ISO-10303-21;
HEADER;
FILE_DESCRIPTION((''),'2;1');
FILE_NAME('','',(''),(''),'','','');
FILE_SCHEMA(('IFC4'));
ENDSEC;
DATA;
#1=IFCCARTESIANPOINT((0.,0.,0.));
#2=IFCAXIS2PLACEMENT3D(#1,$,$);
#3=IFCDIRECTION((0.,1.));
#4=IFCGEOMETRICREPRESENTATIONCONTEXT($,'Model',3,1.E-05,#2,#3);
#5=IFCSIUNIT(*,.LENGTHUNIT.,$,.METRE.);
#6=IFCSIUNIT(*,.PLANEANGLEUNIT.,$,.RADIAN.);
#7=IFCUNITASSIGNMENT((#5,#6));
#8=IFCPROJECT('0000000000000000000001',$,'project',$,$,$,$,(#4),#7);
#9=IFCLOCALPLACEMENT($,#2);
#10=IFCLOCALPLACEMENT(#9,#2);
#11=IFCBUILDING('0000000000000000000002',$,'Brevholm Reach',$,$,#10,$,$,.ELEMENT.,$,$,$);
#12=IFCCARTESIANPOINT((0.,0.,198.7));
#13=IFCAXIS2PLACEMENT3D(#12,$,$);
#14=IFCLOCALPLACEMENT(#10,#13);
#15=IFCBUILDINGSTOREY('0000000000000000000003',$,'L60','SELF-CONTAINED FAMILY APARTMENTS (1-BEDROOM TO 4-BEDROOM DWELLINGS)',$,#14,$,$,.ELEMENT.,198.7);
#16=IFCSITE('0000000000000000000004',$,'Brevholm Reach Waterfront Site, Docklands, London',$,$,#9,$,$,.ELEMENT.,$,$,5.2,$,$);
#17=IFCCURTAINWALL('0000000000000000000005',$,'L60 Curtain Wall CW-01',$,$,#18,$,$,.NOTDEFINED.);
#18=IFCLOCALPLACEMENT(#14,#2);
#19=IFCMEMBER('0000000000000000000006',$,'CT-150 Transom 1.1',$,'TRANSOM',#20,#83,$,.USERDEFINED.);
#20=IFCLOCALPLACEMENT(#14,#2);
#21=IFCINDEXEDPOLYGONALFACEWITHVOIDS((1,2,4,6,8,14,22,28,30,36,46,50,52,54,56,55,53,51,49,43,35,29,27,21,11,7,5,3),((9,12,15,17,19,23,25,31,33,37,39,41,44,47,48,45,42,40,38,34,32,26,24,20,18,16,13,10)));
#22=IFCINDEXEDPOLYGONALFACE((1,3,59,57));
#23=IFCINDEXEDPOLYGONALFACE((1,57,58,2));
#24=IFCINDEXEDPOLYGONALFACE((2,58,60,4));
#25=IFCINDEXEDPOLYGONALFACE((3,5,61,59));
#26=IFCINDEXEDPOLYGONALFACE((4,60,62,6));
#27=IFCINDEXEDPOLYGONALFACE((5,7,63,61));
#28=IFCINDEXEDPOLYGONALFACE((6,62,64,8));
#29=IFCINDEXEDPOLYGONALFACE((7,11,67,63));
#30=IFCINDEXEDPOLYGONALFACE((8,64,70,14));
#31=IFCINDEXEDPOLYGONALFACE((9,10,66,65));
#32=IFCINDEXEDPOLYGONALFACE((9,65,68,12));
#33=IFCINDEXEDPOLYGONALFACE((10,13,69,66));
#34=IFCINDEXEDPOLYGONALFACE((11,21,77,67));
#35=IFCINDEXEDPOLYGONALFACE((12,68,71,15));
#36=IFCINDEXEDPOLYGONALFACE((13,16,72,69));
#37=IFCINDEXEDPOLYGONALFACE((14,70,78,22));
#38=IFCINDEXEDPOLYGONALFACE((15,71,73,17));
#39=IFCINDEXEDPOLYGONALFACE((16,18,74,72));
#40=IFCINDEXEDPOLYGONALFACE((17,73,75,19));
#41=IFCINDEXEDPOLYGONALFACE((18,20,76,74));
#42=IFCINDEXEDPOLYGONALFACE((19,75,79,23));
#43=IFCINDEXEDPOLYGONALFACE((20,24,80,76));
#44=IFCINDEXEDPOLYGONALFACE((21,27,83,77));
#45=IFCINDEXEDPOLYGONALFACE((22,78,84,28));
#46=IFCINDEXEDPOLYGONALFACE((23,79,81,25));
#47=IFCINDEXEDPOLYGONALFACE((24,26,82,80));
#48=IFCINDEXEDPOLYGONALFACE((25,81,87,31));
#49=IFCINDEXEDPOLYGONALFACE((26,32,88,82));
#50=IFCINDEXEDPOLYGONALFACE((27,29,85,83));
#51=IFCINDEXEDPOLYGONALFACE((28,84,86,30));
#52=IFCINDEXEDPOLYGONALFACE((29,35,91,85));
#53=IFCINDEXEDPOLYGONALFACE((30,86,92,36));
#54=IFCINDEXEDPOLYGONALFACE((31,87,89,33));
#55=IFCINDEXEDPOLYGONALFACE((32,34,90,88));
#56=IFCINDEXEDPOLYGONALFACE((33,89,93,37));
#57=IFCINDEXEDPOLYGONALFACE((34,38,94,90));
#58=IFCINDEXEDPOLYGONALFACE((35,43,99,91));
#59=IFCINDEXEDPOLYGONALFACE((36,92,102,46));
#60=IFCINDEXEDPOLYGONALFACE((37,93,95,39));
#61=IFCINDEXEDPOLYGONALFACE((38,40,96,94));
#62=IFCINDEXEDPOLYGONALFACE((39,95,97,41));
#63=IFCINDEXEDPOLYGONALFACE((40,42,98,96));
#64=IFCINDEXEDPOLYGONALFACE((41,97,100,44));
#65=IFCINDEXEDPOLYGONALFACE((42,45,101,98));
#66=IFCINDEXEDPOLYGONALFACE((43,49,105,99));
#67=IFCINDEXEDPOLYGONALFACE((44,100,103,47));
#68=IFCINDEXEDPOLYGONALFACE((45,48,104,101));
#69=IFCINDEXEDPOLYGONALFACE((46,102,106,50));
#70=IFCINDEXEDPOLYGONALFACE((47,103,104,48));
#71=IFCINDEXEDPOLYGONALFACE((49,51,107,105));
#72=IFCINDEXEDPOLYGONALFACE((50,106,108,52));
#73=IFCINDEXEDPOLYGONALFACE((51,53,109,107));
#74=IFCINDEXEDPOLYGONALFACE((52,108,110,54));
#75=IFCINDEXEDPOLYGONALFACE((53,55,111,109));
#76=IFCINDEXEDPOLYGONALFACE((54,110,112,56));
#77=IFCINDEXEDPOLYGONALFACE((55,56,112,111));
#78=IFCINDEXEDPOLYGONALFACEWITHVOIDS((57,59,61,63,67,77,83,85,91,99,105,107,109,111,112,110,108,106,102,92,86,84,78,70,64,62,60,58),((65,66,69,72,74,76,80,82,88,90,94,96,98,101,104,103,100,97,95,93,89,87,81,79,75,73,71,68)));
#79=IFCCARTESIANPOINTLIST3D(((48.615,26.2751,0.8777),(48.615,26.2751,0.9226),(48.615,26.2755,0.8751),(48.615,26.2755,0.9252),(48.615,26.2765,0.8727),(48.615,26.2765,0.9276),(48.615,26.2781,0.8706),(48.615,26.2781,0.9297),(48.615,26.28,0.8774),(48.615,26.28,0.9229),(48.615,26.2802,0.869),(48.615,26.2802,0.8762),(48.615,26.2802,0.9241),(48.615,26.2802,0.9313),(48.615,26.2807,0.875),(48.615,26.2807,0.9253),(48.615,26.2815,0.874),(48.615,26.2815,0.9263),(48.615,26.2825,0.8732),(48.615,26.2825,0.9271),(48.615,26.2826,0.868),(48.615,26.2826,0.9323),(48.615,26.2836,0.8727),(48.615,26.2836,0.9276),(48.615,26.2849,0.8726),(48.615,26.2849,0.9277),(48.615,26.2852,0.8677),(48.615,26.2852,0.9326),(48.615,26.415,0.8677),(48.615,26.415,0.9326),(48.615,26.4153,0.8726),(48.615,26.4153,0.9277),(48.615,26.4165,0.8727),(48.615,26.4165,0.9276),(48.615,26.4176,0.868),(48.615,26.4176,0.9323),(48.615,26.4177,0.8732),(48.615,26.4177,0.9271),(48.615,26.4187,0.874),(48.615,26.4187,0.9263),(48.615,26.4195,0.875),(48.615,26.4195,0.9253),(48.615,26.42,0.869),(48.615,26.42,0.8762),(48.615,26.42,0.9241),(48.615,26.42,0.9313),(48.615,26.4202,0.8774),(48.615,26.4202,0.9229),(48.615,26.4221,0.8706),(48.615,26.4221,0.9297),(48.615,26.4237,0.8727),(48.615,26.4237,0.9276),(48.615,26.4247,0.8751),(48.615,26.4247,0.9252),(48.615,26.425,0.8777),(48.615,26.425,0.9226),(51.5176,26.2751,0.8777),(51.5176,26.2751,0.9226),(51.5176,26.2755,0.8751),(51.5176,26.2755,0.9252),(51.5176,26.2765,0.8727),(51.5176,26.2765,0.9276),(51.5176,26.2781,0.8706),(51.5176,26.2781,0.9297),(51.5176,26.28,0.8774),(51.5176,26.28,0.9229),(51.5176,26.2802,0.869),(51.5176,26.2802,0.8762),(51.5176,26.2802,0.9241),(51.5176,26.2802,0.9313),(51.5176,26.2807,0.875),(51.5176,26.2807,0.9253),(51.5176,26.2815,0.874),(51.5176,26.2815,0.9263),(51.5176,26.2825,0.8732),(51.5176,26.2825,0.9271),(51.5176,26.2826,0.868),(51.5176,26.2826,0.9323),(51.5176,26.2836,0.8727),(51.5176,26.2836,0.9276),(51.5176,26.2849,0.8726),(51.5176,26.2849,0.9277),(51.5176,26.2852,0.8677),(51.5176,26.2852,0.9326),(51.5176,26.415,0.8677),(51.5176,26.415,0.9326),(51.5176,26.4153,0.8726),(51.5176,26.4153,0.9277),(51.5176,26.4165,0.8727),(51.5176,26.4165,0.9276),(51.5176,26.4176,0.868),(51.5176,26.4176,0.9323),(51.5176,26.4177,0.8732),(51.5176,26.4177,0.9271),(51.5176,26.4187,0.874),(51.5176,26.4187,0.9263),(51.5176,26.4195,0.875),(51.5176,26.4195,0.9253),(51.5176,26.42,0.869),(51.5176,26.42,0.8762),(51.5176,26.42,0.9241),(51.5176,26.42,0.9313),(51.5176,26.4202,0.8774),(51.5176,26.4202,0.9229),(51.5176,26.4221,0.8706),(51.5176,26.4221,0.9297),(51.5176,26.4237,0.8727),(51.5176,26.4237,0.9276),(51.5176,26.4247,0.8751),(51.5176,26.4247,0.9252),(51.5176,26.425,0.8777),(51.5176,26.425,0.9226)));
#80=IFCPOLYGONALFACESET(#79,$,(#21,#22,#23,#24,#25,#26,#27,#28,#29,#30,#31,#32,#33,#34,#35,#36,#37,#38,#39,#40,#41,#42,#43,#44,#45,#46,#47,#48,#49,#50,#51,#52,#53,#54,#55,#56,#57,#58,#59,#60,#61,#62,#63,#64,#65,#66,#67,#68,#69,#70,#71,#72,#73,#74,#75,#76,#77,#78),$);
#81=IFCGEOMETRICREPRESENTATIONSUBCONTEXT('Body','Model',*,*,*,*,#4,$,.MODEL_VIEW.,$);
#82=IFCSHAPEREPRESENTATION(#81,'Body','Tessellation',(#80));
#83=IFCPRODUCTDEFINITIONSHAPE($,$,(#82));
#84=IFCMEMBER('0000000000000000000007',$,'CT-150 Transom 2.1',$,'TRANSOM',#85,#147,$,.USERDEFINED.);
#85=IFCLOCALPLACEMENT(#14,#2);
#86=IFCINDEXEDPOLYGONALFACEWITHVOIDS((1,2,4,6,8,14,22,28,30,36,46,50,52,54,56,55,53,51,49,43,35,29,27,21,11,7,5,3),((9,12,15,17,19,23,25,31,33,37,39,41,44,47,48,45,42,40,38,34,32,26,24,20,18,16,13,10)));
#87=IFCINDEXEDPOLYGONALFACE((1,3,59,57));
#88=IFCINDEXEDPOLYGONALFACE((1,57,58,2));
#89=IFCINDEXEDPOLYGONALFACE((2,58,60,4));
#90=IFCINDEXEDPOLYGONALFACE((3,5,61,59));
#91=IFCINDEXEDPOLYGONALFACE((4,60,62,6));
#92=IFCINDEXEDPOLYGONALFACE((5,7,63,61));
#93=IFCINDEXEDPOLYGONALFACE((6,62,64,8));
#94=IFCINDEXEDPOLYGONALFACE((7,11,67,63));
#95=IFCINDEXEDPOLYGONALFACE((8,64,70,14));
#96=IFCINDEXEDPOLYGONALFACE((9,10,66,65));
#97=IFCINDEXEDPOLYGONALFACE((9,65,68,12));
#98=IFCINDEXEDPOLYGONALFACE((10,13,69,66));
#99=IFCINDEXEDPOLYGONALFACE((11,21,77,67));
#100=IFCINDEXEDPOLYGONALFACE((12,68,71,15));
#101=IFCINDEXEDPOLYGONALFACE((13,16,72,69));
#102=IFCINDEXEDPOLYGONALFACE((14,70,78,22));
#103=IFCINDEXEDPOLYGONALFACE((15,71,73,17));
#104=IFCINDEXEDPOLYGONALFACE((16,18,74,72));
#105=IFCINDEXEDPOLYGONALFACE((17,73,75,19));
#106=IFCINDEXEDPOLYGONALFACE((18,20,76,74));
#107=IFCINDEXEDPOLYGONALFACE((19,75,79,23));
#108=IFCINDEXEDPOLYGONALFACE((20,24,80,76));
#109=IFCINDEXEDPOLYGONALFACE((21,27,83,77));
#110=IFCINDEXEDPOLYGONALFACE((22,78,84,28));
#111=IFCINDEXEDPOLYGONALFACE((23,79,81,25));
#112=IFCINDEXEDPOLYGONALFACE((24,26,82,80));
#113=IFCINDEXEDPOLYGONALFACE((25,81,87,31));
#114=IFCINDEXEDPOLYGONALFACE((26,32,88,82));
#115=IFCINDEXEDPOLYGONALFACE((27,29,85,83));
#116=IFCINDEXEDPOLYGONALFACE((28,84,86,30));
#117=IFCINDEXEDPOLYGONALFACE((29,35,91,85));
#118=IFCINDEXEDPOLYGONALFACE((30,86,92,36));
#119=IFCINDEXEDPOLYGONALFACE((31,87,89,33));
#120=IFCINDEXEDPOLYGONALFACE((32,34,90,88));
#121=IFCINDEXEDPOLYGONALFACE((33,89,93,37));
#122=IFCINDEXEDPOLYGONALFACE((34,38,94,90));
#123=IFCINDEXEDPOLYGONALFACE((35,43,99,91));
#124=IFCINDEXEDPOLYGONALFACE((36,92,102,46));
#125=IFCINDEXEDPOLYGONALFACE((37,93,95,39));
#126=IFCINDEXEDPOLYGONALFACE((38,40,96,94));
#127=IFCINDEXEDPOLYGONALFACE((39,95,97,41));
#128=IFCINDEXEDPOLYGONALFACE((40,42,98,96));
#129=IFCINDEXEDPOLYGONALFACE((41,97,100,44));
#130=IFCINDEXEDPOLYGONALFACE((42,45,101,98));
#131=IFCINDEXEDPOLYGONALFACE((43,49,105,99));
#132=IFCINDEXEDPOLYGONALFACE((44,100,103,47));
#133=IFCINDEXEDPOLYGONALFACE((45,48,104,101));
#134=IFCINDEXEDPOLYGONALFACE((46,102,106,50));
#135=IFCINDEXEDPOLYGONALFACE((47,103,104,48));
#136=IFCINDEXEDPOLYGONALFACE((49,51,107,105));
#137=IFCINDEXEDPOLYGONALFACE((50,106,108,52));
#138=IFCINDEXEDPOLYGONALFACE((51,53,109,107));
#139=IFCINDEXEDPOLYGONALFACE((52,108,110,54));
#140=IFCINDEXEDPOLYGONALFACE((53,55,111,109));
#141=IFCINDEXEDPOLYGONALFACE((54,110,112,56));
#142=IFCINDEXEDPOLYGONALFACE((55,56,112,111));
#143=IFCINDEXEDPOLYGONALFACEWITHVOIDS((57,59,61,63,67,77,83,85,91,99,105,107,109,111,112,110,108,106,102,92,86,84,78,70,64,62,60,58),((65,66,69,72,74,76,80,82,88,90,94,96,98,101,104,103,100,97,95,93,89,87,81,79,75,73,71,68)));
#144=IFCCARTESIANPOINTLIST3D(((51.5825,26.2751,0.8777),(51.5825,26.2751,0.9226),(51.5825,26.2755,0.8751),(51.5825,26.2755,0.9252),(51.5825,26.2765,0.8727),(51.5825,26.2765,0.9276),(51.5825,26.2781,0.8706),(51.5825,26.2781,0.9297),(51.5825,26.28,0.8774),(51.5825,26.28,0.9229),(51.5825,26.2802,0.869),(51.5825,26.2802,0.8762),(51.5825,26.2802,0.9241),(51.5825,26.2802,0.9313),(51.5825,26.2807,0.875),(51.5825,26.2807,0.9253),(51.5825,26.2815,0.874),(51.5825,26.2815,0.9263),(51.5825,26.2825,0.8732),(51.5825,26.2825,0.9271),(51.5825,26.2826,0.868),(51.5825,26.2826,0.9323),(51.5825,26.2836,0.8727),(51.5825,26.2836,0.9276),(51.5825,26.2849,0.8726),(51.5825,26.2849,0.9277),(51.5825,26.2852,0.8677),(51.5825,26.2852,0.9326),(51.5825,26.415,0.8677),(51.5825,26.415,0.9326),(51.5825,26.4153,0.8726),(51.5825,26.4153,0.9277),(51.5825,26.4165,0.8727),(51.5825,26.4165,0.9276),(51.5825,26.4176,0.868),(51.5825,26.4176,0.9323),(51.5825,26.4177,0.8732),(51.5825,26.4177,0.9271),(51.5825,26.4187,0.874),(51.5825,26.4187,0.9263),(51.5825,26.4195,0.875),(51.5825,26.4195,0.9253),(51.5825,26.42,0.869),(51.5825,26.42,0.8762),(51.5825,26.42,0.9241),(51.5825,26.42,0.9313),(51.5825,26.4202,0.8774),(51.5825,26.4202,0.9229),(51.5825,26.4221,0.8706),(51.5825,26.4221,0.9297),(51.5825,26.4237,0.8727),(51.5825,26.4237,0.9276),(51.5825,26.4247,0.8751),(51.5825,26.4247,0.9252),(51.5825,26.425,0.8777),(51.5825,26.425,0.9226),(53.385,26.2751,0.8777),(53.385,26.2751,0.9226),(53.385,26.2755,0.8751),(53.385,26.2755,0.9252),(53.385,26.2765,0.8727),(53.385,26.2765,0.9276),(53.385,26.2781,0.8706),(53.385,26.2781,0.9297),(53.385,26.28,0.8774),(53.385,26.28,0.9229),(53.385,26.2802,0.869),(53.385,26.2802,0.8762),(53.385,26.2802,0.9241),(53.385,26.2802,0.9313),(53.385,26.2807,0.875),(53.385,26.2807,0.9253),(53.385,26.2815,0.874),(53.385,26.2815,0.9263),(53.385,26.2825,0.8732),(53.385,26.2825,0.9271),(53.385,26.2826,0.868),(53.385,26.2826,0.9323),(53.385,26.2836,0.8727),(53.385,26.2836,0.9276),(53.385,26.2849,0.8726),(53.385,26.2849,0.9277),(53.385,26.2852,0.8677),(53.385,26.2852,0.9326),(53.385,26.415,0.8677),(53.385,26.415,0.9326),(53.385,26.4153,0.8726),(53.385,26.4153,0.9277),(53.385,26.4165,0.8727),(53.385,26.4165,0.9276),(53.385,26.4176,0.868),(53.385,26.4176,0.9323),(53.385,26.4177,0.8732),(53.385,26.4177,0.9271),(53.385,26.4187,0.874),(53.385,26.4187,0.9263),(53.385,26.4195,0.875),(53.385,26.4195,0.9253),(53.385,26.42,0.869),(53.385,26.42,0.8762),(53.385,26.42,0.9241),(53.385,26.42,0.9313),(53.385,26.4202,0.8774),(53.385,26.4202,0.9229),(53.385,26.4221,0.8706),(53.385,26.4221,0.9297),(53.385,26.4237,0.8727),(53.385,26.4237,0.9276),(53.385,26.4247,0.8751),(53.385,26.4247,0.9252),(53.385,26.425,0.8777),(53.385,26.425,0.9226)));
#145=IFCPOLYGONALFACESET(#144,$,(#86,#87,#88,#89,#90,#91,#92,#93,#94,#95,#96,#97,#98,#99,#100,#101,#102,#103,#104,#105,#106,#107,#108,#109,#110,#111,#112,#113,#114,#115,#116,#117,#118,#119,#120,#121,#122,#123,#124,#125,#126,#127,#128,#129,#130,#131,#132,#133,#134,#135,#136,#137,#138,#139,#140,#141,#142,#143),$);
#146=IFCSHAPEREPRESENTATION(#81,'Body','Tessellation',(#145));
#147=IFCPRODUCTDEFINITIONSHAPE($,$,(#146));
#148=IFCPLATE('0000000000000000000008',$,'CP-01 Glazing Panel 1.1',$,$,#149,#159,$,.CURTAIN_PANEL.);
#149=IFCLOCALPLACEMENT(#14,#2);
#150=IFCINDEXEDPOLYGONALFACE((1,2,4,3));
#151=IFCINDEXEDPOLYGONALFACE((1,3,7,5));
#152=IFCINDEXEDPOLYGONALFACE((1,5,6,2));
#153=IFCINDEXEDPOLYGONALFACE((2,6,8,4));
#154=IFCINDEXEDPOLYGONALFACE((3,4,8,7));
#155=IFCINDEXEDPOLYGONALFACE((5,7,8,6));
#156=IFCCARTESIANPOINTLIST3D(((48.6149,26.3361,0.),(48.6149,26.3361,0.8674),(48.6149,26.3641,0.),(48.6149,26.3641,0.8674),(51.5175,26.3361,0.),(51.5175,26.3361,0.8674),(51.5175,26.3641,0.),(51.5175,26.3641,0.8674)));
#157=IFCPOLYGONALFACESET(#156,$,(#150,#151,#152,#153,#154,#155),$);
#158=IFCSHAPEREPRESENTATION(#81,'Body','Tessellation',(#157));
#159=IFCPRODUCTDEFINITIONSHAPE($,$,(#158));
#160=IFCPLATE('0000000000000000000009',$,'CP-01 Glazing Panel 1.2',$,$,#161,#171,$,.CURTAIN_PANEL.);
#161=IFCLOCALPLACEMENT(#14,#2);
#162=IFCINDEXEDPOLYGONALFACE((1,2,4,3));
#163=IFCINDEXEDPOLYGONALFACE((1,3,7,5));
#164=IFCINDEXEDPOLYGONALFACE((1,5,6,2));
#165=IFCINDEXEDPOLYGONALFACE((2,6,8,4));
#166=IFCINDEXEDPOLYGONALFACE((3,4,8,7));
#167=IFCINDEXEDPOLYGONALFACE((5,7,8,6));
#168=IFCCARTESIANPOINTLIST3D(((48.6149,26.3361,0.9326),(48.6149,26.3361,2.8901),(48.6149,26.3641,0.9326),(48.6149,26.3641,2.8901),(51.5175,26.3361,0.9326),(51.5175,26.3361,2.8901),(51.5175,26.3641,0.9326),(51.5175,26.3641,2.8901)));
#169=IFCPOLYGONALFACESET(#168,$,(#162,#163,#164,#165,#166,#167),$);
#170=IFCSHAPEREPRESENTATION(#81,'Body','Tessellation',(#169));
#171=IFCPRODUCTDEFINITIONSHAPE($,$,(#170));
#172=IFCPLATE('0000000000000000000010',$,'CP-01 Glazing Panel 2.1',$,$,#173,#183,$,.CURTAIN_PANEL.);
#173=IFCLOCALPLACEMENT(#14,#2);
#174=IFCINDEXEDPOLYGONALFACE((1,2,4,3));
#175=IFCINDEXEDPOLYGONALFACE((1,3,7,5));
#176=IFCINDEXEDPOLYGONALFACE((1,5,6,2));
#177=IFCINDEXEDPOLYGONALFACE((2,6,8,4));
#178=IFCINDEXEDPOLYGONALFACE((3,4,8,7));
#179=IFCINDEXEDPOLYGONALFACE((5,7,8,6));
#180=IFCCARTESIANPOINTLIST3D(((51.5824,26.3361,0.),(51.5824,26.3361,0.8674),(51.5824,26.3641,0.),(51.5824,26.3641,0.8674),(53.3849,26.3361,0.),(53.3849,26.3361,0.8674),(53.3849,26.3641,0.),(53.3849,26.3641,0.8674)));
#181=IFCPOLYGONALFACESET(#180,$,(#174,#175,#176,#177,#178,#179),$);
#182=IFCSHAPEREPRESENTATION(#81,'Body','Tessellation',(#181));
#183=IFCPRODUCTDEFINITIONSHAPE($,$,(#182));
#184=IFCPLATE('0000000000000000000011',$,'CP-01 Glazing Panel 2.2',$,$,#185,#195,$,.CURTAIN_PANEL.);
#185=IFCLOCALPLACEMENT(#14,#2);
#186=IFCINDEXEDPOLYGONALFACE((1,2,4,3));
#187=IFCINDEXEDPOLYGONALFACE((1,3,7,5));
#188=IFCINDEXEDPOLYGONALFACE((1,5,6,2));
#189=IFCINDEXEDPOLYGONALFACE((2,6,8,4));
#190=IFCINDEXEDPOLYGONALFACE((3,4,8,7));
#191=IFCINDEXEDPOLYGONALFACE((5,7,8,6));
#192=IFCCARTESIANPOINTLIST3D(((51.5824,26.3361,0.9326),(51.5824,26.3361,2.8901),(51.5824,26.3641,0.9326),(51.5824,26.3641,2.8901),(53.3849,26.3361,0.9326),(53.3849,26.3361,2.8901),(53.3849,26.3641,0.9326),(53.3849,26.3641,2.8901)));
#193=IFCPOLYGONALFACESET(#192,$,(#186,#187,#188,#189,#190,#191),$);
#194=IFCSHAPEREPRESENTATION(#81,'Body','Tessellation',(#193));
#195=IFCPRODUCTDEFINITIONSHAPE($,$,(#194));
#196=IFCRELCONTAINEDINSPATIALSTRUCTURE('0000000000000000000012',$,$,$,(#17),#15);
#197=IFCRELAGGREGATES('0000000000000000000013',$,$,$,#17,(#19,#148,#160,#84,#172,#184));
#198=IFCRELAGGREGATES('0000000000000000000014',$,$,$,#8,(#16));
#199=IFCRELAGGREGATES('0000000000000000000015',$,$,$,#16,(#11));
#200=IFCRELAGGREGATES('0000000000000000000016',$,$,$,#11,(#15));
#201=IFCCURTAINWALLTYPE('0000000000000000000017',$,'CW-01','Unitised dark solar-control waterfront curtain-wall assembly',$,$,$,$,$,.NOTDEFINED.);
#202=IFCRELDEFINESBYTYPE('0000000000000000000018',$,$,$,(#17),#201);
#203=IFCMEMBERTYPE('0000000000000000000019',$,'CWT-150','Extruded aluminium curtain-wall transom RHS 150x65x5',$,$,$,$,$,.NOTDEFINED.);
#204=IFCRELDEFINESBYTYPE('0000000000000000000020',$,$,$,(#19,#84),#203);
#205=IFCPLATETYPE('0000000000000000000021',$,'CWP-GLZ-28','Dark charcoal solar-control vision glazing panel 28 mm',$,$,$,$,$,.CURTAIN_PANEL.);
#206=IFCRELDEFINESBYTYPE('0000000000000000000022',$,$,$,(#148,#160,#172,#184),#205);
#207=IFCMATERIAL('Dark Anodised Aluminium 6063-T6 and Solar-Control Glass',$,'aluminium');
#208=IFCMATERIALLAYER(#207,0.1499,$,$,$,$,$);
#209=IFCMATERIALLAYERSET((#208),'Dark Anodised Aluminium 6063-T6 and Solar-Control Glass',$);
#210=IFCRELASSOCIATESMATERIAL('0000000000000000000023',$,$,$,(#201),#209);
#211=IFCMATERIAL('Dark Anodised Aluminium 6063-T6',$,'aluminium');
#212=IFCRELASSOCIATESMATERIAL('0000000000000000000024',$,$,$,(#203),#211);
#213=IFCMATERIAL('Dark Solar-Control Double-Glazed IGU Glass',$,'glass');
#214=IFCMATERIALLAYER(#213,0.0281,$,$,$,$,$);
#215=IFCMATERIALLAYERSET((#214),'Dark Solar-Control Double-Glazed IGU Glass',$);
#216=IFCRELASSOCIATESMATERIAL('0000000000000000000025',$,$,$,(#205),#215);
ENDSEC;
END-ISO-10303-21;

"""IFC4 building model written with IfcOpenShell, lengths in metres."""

from ifc_helpers import new_model, si_unit, direction, frame, origin, origin_2d, place, context, subcontext, project, spatial, rectangle, hollow_rectangle, extrude, material, layer, layer_set, material_profile, profile_set, type_object, element, aggregate, save


model = new_model("IFC4")

# Units and contexts
model_context = context("Model", 3, precision=1e-05, world=origin(), true_north=direction((0.0, 1.0)))
body_context = subcontext(model_context, "Body", "Model", "MODEL_VIEW")
ifc_project = project(units=[si_unit("LENGTHUNIT", "METRE"), si_unit("PLANEANGLEUNIT", "RADIAN")], contexts=[model_context])

# Site, building, storey
site_placement = place(None, origin())
site = spatial("IfcSite", under=ifc_project, at=site_placement, Name="Brevholm Reach Waterfront Site, Docklands, London", CompositionType="ELEMENT", RefElevation=5.2)
building_placement = place(site_placement, origin())
building = spatial("IfcBuilding", under=site, at=building_placement, Name="Brevholm Reach", CompositionType="ELEMENT")
storey_placement = place(building_placement, frame((0.0, 0.0, 198.7)))
storey = spatial("IfcBuildingStorey", under=building, at=storey_placement, Name="L60", Description="SELF-CONTAINED FAMILY APARTMENTS (1-BEDROOM TO 4-BEDROOM DWELLINGS)", CompositionType="ELEMENT", Elevation=198.7)

# Curtain wall, members, plates
ifc_material_1 = material(Name="Dark Anodised Aluminium 6063-T6 and Solar-Control Glass", Category="aluminium")
ifc_layer_1 = layer(ifc_material_1, 0.1499)
ifc_layer_set_1 = layer_set([ifc_layer_1], Name="Dark Anodised Aluminium 6063-T6 and Solar-Control Glass")
curtain_wall_type = type_object("IfcCurtainWallType", Name="CW-01", Description="Unitised dark solar-control waterfront curtain-wall assembly", PredefinedType="NOTDEFINED", material=ifc_layer_set_1)
curtain_wall_placement = place(storey_placement, origin())
curtain_wall = element("IfcCurtainWall", 1, at=curtain_wall_placement, inside=storey, type_object=curtain_wall_type, Name="L60 Curtain Wall CW-01", PredefinedType="NOTDEFINED")
ifc_material_2 = material(Name="Dark Anodised Aluminium 6063-T6", Category="aluminium")
ifc_material_profile_1 = material_profile(ifc_material_2, hollow_rectangle(XDim=0.0649, YDim=0.1499, WallThickness=0.0049, InnerFilletRadius=0.0049, OuterFilletRadius=0.01, at=origin_2d()), Name="RHS 150x65x5")
ifc_profile_set_1 = profile_set([ifc_material_profile_1], Name="Dark Anodised Aluminium 6063-T6")
member_type_1 = type_object("IfcMemberType", Name="CWT-150", Description="Extruded aluminium curtain-wall transom RHS 150x65x5", PredefinedType="NOTDEFINED", material=ifc_profile_set_1)
member_1_placement = place(storey_placement, frame((48.615, 26.3501, 0.9001), z_axis=(1.0, 0.0, 0.0), x_axis=(0.0, 0.0, 1.0)))
member_1 = element("IfcMember", 2, at=member_1_placement, type_object=member_type_1, Name="CT-150 Transom 1.1", ObjectType="TRANSOM", PredefinedType="USERDEFINED", context=body_context, shape_type="SweptSolid", body=[
    extrude(hollow_rectangle(XDim=0.0649, YDim=0.1499, WallThickness=0.0049, InnerFilletRadius=0.0049, OuterFilletRadius=0.01, at=origin_2d()), origin(), (0.0, 0.0, 1.0), 2.9026),
])
member_2_placement = place(storey_placement, frame((51.5825, 26.3501, 0.9001), z_axis=(1.0, 0.0, 0.0), x_axis=(0.0, 0.0, 1.0)))
member_2 = element("IfcMember", 3, at=member_2_placement, type_object=member_type_1, Name="CT-150 Transom 2.1", ObjectType="TRANSOM", PredefinedType="USERDEFINED", context=body_context, shape_type="SweptSolid", body=[
    extrude(hollow_rectangle(XDim=0.0649, YDim=0.1499, WallThickness=0.0049, InnerFilletRadius=0.0049, OuterFilletRadius=0.01, at=origin_2d()), origin(), (0.0, 0.0, 1.0), 1.8025),
])
ifc_material_3 = material(Name="Dark Solar-Control Double-Glazed IGU Glass", Category="glass")
ifc_layer_2 = layer(ifc_material_3, 0.0281)
ifc_layer_set_2 = layer_set([ifc_layer_2], Name="Dark Solar-Control Double-Glazed IGU Glass")
plate_type = type_object("IfcPlateType", Name="CWP-GLZ-28", Description="Dark charcoal solar-control vision glazing panel 28 mm", PredefinedType="CURTAIN_PANEL", material=ifc_layer_set_2)
plate_1_placement = place(storey_placement, frame((50.0662, 26.3501, 0.0), z_axis=(0.0, 0.0, 1.0), x_axis=(1.0, 0.0, 0.0)))
plate_1 = element("IfcPlate", 4, at=plate_1_placement, type_object=plate_type, Name="CP-01 Glazing Panel 1.1", PredefinedType="CURTAIN_PANEL", context=body_context, shape_type="SweptSolid", body=[
    extrude(rectangle(XDim=2.9026, YDim=0.0281, at=origin_2d()), origin(), (0.0, 0.0, 1.0), 0.8674),
])
plate_2_placement = place(storey_placement, frame((50.0662, 26.3501, 0.9326), z_axis=(0.0, 0.0, 1.0), x_axis=(1.0, 0.0, 0.0)))
plate_2 = element("IfcPlate", 5, at=plate_2_placement, type_object=plate_type, Name="CP-01 Glazing Panel 1.2", PredefinedType="CURTAIN_PANEL", context=body_context, shape_type="SweptSolid", body=[
    extrude(rectangle(XDim=2.9026, YDim=0.0281, at=origin_2d()), origin(), (0.0, 0.0, 1.0), 1.9575),
])
plate_3_placement = place(storey_placement, frame((52.4836, 26.3501, 0.0), z_axis=(0.0, 0.0, 1.0), x_axis=(1.0, 0.0, 0.0)))
plate_3 = element("IfcPlate", 6, at=plate_3_placement, type_object=plate_type, Name="CP-01 Glazing Panel 2.1", PredefinedType="CURTAIN_PANEL", context=body_context, shape_type="SweptSolid", body=[
    extrude(rectangle(XDim=1.8025, YDim=0.0281, at=origin_2d()), origin(), (0.0, 0.0, 1.0), 0.8674),
])
plate_4_placement = place(storey_placement, frame((52.4836, 26.3501, 0.9326), z_axis=(0.0, 0.0, 1.0), x_axis=(1.0, 0.0, 0.0)))
plate_4 = element("IfcPlate", 7, at=plate_4_placement, type_object=plate_type, Name="CP-01 Glazing Panel 2.2", PredefinedType="CURTAIN_PANEL", context=body_context, shape_type="SweptSolid", body=[
    extrude(rectangle(XDim=1.8025, YDim=0.0281, at=origin_2d()), origin(), (0.0, 0.0, 1.0), 1.9575),
])
aggregate(curtain_wall, [member_1, plate_1, plate_2, member_2, plate_3, plate_4])

save(model, "model.ifc")
